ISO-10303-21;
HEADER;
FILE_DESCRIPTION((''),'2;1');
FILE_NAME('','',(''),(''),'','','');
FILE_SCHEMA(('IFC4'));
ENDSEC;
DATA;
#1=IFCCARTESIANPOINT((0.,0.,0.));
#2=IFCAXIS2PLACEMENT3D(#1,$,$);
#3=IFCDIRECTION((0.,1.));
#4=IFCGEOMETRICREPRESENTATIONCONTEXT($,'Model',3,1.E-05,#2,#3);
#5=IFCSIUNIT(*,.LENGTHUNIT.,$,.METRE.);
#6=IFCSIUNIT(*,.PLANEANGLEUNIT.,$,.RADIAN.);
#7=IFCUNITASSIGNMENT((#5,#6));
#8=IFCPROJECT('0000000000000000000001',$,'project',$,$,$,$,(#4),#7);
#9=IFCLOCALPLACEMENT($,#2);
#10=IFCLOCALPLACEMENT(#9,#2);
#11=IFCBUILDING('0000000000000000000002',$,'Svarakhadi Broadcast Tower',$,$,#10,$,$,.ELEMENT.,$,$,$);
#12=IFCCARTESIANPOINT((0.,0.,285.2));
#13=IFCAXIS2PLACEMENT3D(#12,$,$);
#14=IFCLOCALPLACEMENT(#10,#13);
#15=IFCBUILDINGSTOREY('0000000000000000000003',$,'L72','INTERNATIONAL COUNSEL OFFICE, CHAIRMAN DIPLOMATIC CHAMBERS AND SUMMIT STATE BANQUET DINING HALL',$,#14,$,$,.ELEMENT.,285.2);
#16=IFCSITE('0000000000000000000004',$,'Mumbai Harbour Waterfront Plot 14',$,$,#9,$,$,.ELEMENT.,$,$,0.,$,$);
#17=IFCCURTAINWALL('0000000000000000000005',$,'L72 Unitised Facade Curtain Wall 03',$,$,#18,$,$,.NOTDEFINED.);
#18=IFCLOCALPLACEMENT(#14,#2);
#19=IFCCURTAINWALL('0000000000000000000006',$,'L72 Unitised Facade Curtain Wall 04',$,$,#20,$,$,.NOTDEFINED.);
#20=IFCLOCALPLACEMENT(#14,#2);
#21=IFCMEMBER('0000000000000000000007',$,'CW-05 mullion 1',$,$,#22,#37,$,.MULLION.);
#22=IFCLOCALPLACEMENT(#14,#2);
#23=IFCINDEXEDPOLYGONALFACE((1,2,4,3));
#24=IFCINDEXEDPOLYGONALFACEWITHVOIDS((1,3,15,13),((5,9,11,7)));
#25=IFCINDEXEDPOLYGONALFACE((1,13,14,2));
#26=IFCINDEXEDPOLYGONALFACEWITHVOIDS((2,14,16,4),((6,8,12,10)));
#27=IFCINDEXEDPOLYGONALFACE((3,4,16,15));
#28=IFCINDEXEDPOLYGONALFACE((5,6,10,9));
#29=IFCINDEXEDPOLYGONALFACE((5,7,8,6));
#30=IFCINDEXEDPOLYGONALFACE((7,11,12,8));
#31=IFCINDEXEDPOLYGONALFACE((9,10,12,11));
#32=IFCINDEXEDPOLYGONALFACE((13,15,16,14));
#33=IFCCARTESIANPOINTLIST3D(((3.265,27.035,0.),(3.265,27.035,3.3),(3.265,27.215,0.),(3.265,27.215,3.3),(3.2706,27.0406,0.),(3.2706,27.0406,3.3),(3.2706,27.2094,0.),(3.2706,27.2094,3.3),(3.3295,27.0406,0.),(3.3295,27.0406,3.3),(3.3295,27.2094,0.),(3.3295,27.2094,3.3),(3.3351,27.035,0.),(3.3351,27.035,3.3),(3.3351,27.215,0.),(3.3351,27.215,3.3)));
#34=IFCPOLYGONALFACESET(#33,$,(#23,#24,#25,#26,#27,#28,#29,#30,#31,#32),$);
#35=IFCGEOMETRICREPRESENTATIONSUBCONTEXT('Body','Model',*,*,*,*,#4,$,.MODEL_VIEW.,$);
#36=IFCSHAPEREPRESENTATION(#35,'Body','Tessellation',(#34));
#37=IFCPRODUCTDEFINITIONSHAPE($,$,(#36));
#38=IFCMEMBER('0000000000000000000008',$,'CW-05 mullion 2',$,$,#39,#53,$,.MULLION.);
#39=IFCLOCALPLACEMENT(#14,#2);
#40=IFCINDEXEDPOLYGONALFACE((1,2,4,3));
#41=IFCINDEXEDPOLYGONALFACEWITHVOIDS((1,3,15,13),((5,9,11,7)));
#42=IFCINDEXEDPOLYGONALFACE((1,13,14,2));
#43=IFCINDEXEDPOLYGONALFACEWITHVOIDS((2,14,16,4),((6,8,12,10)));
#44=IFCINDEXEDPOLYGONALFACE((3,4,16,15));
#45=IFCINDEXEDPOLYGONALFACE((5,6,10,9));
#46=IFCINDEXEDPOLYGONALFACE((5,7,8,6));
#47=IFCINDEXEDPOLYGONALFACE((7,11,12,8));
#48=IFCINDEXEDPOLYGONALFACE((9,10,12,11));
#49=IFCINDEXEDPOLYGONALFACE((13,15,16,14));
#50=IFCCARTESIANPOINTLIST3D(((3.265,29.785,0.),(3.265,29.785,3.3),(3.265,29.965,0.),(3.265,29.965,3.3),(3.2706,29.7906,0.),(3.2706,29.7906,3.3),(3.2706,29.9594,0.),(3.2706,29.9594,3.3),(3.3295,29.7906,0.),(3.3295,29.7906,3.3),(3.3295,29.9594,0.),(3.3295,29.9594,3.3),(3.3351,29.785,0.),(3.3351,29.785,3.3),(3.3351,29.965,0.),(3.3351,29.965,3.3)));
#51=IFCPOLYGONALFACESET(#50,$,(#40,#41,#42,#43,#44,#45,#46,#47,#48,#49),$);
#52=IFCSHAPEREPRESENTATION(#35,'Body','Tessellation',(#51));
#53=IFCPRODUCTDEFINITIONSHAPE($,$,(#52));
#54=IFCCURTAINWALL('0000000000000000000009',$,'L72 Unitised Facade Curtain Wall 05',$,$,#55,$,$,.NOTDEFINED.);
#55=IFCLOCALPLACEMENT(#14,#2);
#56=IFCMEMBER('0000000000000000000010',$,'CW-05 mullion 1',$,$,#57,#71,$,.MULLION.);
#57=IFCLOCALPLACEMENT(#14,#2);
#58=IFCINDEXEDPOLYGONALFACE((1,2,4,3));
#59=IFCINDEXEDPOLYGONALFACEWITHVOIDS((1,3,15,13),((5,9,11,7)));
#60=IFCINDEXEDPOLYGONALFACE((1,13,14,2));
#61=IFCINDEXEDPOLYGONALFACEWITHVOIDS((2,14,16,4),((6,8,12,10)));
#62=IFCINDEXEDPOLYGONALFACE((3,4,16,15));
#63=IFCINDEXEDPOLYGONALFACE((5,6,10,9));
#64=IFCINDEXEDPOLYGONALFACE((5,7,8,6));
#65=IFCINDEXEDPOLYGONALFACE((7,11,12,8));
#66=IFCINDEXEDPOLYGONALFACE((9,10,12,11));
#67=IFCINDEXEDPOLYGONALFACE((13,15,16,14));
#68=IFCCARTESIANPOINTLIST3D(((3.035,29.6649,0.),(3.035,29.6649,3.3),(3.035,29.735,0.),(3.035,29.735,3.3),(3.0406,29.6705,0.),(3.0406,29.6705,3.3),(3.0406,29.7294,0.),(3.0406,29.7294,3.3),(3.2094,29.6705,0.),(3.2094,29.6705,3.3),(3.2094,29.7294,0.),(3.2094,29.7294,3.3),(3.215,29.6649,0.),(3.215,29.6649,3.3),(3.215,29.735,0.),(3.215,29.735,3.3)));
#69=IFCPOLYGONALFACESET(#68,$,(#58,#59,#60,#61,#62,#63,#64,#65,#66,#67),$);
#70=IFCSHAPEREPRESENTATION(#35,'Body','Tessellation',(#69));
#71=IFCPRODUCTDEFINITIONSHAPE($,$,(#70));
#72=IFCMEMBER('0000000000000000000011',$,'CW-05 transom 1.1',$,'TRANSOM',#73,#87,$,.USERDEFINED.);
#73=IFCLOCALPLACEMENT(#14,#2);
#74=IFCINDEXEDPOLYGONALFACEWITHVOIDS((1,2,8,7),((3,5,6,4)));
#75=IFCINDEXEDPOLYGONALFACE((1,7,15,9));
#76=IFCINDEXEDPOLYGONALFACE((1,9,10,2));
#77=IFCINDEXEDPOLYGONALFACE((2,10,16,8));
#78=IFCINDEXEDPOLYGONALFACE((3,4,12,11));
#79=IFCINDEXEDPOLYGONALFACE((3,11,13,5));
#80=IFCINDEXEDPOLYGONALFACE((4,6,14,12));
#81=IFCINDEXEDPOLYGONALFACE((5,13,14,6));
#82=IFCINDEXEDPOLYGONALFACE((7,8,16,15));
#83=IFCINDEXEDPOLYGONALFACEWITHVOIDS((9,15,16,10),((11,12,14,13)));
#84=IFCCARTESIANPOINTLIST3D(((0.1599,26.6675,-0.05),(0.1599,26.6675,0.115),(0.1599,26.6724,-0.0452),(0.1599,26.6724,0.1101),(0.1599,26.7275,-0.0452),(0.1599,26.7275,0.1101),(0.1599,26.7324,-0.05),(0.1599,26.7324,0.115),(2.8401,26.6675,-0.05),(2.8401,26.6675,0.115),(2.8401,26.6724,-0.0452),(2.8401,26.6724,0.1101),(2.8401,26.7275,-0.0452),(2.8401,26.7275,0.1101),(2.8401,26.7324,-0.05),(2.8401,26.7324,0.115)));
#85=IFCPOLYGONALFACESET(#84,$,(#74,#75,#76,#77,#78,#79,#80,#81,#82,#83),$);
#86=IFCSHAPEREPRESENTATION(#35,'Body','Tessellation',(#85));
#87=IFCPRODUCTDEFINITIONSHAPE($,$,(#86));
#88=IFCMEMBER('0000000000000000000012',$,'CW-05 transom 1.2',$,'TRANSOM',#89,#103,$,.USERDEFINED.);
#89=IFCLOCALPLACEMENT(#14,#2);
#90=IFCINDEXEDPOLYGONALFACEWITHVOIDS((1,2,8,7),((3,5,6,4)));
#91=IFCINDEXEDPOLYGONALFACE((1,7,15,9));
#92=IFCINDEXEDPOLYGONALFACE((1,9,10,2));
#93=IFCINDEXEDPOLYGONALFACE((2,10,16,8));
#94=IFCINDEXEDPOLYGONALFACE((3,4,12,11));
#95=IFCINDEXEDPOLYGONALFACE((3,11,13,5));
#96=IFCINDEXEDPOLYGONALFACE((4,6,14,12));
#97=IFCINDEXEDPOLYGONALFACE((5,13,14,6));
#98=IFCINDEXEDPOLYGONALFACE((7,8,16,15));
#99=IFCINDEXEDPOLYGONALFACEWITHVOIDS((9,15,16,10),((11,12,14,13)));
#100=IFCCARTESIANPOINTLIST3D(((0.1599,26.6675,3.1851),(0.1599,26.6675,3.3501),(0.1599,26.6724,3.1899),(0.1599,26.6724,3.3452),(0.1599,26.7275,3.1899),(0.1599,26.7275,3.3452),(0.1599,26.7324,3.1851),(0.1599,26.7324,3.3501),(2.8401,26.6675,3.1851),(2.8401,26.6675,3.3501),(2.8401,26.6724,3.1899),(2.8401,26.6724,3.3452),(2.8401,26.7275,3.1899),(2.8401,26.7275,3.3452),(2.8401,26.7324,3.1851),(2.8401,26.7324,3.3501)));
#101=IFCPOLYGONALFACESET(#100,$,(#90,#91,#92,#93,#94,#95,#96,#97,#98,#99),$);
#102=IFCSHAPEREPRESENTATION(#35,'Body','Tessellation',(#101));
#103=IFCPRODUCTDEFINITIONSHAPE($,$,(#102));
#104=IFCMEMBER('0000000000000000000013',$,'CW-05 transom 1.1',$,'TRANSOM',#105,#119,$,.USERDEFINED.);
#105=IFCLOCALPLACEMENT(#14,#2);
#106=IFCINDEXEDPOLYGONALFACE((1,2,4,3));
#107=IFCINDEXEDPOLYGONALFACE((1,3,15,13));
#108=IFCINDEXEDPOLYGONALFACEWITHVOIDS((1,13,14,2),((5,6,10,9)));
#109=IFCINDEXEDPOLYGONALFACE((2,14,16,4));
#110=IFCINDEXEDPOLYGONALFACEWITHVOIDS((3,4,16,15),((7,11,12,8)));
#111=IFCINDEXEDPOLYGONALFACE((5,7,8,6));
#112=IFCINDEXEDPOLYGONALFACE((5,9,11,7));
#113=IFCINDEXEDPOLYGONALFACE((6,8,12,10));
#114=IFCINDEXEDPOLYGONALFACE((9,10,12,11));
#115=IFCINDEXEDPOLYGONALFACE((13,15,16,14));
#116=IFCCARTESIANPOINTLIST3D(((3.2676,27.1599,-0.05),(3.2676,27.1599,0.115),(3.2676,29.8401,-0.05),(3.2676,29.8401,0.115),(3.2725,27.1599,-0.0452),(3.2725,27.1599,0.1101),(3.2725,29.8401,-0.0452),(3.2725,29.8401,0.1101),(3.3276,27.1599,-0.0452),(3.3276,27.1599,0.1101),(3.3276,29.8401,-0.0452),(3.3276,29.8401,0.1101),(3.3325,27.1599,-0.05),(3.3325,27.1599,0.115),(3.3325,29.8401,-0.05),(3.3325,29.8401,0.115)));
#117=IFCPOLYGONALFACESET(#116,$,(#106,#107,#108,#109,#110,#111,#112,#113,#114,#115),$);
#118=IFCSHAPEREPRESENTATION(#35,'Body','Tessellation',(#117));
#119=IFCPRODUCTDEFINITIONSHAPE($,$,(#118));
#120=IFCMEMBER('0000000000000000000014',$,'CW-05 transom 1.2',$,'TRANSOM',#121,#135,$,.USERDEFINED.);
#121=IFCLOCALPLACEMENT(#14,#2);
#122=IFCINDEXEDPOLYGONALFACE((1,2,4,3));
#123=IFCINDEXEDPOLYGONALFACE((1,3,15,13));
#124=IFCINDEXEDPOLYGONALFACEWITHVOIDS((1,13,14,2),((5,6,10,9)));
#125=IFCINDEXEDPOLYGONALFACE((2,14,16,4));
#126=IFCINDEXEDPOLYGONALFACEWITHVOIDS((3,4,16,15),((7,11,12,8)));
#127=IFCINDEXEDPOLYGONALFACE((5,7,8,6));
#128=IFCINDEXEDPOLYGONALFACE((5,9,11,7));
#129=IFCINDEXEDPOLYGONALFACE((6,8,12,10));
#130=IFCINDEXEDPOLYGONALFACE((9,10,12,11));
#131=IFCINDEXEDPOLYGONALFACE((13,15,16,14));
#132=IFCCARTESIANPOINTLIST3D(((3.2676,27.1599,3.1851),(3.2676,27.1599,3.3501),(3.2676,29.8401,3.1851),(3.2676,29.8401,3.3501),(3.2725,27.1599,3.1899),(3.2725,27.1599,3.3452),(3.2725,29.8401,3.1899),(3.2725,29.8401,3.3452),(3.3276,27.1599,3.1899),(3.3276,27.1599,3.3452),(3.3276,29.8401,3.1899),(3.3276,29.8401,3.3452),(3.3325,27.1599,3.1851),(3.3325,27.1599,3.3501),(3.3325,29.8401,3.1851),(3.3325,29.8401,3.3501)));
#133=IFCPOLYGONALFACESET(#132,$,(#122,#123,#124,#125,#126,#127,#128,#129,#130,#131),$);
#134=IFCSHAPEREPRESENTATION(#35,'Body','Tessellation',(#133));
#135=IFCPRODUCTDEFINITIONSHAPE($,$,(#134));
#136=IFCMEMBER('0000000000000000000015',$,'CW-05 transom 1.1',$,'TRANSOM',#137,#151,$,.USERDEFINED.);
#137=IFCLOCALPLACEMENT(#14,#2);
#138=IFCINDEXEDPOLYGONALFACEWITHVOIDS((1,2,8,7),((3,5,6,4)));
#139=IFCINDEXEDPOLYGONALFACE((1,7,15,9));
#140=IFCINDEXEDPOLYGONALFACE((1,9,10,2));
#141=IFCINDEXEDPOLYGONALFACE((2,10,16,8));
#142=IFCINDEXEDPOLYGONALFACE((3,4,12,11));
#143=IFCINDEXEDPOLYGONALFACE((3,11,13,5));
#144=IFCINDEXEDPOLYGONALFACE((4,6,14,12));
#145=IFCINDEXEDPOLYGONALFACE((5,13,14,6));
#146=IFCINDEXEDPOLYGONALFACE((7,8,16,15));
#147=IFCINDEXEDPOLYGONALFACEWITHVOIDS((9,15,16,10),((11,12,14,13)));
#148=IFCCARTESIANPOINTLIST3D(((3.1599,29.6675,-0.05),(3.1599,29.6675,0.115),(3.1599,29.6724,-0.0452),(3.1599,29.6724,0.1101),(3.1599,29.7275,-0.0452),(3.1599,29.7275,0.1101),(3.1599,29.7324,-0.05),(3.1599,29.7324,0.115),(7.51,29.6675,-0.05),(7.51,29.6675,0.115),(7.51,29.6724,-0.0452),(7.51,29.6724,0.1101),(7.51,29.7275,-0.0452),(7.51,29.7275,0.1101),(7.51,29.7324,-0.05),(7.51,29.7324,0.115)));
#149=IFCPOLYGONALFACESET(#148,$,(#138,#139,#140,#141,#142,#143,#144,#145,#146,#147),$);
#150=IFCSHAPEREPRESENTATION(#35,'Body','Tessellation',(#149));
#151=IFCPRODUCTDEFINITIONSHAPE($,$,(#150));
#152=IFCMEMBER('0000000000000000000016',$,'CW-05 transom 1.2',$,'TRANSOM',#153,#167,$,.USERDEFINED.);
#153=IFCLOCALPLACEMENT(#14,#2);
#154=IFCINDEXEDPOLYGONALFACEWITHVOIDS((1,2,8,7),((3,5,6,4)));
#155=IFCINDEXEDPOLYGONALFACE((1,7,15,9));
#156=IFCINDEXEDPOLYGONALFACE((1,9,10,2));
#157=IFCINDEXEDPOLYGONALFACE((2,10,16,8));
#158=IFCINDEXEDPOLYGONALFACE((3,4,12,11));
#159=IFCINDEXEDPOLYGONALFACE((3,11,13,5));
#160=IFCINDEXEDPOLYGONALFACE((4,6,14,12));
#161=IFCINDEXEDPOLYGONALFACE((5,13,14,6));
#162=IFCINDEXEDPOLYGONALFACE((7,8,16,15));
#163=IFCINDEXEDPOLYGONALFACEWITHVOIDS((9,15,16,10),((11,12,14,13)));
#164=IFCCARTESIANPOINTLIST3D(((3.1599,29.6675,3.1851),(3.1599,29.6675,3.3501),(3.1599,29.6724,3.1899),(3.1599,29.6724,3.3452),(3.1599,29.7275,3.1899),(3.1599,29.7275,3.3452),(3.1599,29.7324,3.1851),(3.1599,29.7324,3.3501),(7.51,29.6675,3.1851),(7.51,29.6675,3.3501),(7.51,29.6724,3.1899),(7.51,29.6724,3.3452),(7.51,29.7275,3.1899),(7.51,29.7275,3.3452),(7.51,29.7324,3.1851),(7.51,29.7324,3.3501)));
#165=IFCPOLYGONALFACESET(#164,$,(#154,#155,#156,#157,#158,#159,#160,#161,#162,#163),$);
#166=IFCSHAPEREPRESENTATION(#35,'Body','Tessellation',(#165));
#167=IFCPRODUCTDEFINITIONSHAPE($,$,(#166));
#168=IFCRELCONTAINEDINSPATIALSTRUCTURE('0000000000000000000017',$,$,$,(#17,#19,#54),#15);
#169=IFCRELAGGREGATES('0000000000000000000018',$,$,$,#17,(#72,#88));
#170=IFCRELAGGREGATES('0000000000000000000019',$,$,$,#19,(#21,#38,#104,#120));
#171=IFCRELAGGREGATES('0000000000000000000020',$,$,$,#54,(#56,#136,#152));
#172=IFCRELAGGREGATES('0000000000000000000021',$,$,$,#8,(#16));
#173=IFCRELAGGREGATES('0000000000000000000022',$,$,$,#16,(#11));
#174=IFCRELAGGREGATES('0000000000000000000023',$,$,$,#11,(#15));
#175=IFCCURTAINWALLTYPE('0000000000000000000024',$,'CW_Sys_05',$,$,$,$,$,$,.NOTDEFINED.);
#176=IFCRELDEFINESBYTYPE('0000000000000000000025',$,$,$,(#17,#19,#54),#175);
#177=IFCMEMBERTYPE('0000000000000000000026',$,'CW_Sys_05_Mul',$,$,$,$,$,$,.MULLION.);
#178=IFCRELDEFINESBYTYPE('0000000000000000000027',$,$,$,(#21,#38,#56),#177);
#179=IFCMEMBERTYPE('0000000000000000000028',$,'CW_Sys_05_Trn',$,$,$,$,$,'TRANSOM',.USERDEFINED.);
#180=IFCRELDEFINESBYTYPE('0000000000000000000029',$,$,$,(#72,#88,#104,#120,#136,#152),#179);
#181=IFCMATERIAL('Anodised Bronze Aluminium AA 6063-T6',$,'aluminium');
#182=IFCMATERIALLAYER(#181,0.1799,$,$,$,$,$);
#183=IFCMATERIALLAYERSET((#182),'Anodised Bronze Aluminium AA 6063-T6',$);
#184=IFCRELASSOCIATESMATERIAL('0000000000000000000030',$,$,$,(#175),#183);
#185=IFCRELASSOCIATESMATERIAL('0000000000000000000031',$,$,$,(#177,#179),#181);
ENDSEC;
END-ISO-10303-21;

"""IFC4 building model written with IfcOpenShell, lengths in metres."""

from ifc_helpers import new_model, si_unit, direction, frame, origin, origin_2d, place, context, subcontext, project, spatial, hollow_rectangle, extrude, material, layer, layer_set, material_profile, profile_set, type_object, element, aggregate, save


model = new_model("IFC4")

# Units and contexts
model_context = context("Model", 3, precision=1e-05, world=origin(), true_north=direction((0.0, 1.0)))
body_context = subcontext(model_context, "Body", "Model", "MODEL_VIEW")
ifc_project = project(units=[si_unit("LENGTHUNIT", "METRE"), si_unit("PLANEANGLEUNIT", "RADIAN")], contexts=[model_context])

# Site, building, storey
site_placement = place(None, origin())
site = spatial("IfcSite", under=ifc_project, at=site_placement, Name="Mumbai Harbour Waterfront Plot 14", CompositionType="ELEMENT", RefElevation=0.0)
building_placement = place(site_placement, origin())
building = spatial("IfcBuilding", under=site, at=building_placement, Name="Svarakhadi Broadcast Tower", CompositionType="ELEMENT")
storey_placement = place(building_placement, frame((0.0, 0.0, 285.2)))
storey = spatial("IfcBuildingStorey", under=building, at=storey_placement, Name="L72", Description="INTERNATIONAL COUNSEL OFFICE, CHAIRMAN DIPLOMATIC CHAMBERS AND SUMMIT STATE BANQUET DINING HALL", CompositionType="ELEMENT", Elevation=285.2)

# Curtain walls, members
ifc_material_1 = material(Name="Anodised Bronze Aluminium AA 6063-T6", Category="aluminium")
ifc_layer_1 = layer(ifc_material_1, 0.1799)
ifc_layer_set_1 = layer_set([ifc_layer_1], Name="Anodised Bronze Aluminium AA 6063-T6")
curtain_wall_type = type_object("IfcCurtainWallType", Name="CW_Sys_05", PredefinedType="NOTDEFINED", material=ifc_layer_set_1)
curtain_wall_1_placement = place(storey_placement, origin())
curtain_wall_1 = element("IfcCurtainWall", 1, at=curtain_wall_1_placement, inside=storey, type_object=curtain_wall_type, Name="L72 Unitised Facade Curtain Wall 03", PredefinedType="NOTDEFINED")
ifc_material_profile_1 = material_profile(ifc_material_1, hollow_rectangle(XDim=0.0701, YDim=0.1799, WallThickness=0.0056, at=origin_2d()), Name="ALU MULLION 180x70x6")
ifc_profile_set_1 = profile_set([ifc_material_profile_1], Name="Anodised Bronze Aluminium AA 6063-T6")
member_type_1 = type_object("IfcMemberType", Name="CW_Sys_05_Mul", PredefinedType="MULLION", material=ifc_profile_set_1)
curtain_wall_2_placement = place(storey_placement, origin())
curtain_wall_2 = element("IfcCurtainWall", 2, at=curtain_wall_2_placement, inside=storey, type_object=curtain_wall_type, Name="L72 Unitised Facade Curtain Wall 04", PredefinedType="NOTDEFINED")
member_1_placement = place(storey_placement, frame((3.3, 27.125, 0.0), z_axis=(0.0, 0.0, 1.0), x_axis=(-1.0, 0.0, 0.0)))
member_1 = element("IfcMember", 3, at=member_1_placement, type_object=member_type_1, Name="CW-05 mullion 1", PredefinedType="MULLION", context=body_context, shape_type="SweptSolid", body=[
    extrude(hollow_rectangle(XDim=0.0701, YDim=0.1799, WallThickness=0.0056, at=origin_2d()), origin(), (0.0, 0.0, 1.0), 3.3),
])
member_2_placement = place(storey_placement, frame((3.3, 29.875, 0.0), z_axis=(0.0, 0.0, 1.0), x_axis=(-1.0, 0.0, 0.0)))
member_2 = element("IfcMember", 4, at=member_2_placement, type_object=member_type_1, Name="CW-05 mullion 2", PredefinedType="MULLION", context=body_context, shape_type="SweptSolid", body=[
    extrude(hollow_rectangle(XDim=0.0701, YDim=0.1799, WallThickness=0.0056, at=origin_2d()), origin(), (0.0, 0.0, 1.0), 3.3),
])

# Curtain wall, member
curtain_wall_3_placement = place(storey_placement, origin())
curtain_wall_3 = element("IfcCurtainWall", 5, at=curtain_wall_3_placement, inside=storey, type_object=curtain_wall_type, Name="L72 Unitised Facade Curtain Wall 05", PredefinedType="NOTDEFINED")
member_3_placement = place(storey_placement, frame((3.125, 29.7, 0.0), z_axis=(0.0, 0.0, 1.0), x_axis=(0.0, 1.0, 0.0)))
member_3 = element("IfcMember", 6, at=member_3_placement, type_object=member_type_1, Name="CW-05 mullion 1", PredefinedType="MULLION", context=body_context, shape_type="SweptSolid", body=[
    extrude(hollow_rectangle(XDim=0.0701, YDim=0.1799, WallThickness=0.0056, at=origin_2d()), origin(), (0.0, 0.0, 1.0), 3.3),
])

# Members
ifc_material_profile_2 = material_profile(ifc_material_1, hollow_rectangle(XDim=0.0649, YDim=0.165, WallThickness=0.0049, at=origin_2d()), Name="ALU TRANSOM 165x65x5")
ifc_profile_set_2 = profile_set([ifc_material_profile_2], Name="Anodised Bronze Aluminium AA 6063-T6")
member_type_2 = type_object("IfcMemberType", Name="CW_Sys_05_Trn", ElementType="TRANSOM", PredefinedType="USERDEFINED", material=ifc_profile_set_2)
member_4_placement = place(storey_placement, frame((0.1599, 26.7, 0.0325), z_axis=(1.0, 0.0, 0.0), x_axis=(0.0, 1.0, 0.0)))
member_4 = element("IfcMember", 7, at=member_4_placement, type_object=member_type_2, Name="CW-05 transom 1.1", ObjectType="TRANSOM", PredefinedType="USERDEFINED", context=body_context, shape_type="SweptSolid", body=[
    extrude(hollow_rectangle(XDim=0.0649, YDim=0.165, WallThickness=0.0049, at=origin_2d()), origin(), (0.0, 0.0, 1.0), 2.6802),
])
member_5_placement = place(storey_placement, frame((0.1599, 26.7, 3.2676), z_axis=(1.0, 0.0, 0.0), x_axis=(0.0, 1.0, 0.0)))
member_5 = element("IfcMember", 8, at=member_5_placement, type_object=member_type_2, Name="CW-05 transom 1.2", ObjectType="TRANSOM", PredefinedType="USERDEFINED", context=body_context, shape_type="SweptSolid", body=[
    extrude(hollow_rectangle(XDim=0.0649, YDim=0.165, WallThickness=0.0049, at=origin_2d()), origin(), (0.0, 0.0, 1.0), 2.6802),
])
member_6_placement = place(storey_placement, frame((3.3, 27.1599, 0.0325), z_axis=(0.0, 1.0, 0.0), x_axis=(-1.0, 0.0, 0.0)))
member_6 = element("IfcMember", 9, at=member_6_placement, type_object=member_type_2, Name="CW-05 transom 1.1", ObjectType="TRANSOM", PredefinedType="USERDEFINED", context=body_context, shape_type="SweptSolid", body=[
    extrude(hollow_rectangle(XDim=0.0649, YDim=0.165, WallThickness=0.0049, at=origin_2d()), origin(), (0.0, 0.0, 1.0), 2.6802),
])
member_7_placement = place(storey_placement, frame((3.3, 27.1599, 3.2676), z_axis=(0.0, 1.0, 0.0), x_axis=(-1.0, 0.0, 0.0)))
member_7 = element("IfcMember", 10, at=member_7_placement, type_object=member_type_2, Name="CW-05 transom 1.2", ObjectType="TRANSOM", PredefinedType="USERDEFINED", context=body_context, shape_type="SweptSolid", body=[
    extrude(hollow_rectangle(XDim=0.0649, YDim=0.165, WallThickness=0.0049, at=origin_2d()), origin(), (0.0, 0.0, 1.0), 2.6802),
])
member_8_placement = place(storey_placement, frame((3.1599, 29.7, 0.0325), z_axis=(1.0, 0.0, 0.0), x_axis=(0.0, 1.0, 0.0)))
member_8 = element("IfcMember", 11, at=member_8_placement, type_object=member_type_2, Name="CW-05 transom 1.1", ObjectType="TRANSOM", PredefinedType="USERDEFINED", context=body_context, shape_type="SweptSolid", body=[
    extrude(hollow_rectangle(XDim=0.0649, YDim=0.165, WallThickness=0.0049, at=origin_2d()), origin(), (0.0, 0.0, 1.0), 4.3501),
])
member_9_placement = place(storey_placement, frame((3.1599, 29.7, 3.2676), z_axis=(1.0, 0.0, 0.0), x_axis=(0.0, 1.0, 0.0)))
member_9 = element("IfcMember", 12, at=member_9_placement, type_object=member_type_2, Name="CW-05 transom 1.2", ObjectType="TRANSOM", PredefinedType="USERDEFINED", context=body_context, shape_type="SweptSolid", body=[
    extrude(hollow_rectangle(XDim=0.0649, YDim=0.165, WallThickness=0.0049, at=origin_2d()), origin(), (0.0, 0.0, 1.0), 4.3501),
])

aggregate(curtain_wall_1, [member_4, member_5])
aggregate(curtain_wall_2, [member_1, member_2, member_6, member_7])
aggregate(curtain_wall_3, [member_3, member_8, member_9])

save(model, "model.ifc")
